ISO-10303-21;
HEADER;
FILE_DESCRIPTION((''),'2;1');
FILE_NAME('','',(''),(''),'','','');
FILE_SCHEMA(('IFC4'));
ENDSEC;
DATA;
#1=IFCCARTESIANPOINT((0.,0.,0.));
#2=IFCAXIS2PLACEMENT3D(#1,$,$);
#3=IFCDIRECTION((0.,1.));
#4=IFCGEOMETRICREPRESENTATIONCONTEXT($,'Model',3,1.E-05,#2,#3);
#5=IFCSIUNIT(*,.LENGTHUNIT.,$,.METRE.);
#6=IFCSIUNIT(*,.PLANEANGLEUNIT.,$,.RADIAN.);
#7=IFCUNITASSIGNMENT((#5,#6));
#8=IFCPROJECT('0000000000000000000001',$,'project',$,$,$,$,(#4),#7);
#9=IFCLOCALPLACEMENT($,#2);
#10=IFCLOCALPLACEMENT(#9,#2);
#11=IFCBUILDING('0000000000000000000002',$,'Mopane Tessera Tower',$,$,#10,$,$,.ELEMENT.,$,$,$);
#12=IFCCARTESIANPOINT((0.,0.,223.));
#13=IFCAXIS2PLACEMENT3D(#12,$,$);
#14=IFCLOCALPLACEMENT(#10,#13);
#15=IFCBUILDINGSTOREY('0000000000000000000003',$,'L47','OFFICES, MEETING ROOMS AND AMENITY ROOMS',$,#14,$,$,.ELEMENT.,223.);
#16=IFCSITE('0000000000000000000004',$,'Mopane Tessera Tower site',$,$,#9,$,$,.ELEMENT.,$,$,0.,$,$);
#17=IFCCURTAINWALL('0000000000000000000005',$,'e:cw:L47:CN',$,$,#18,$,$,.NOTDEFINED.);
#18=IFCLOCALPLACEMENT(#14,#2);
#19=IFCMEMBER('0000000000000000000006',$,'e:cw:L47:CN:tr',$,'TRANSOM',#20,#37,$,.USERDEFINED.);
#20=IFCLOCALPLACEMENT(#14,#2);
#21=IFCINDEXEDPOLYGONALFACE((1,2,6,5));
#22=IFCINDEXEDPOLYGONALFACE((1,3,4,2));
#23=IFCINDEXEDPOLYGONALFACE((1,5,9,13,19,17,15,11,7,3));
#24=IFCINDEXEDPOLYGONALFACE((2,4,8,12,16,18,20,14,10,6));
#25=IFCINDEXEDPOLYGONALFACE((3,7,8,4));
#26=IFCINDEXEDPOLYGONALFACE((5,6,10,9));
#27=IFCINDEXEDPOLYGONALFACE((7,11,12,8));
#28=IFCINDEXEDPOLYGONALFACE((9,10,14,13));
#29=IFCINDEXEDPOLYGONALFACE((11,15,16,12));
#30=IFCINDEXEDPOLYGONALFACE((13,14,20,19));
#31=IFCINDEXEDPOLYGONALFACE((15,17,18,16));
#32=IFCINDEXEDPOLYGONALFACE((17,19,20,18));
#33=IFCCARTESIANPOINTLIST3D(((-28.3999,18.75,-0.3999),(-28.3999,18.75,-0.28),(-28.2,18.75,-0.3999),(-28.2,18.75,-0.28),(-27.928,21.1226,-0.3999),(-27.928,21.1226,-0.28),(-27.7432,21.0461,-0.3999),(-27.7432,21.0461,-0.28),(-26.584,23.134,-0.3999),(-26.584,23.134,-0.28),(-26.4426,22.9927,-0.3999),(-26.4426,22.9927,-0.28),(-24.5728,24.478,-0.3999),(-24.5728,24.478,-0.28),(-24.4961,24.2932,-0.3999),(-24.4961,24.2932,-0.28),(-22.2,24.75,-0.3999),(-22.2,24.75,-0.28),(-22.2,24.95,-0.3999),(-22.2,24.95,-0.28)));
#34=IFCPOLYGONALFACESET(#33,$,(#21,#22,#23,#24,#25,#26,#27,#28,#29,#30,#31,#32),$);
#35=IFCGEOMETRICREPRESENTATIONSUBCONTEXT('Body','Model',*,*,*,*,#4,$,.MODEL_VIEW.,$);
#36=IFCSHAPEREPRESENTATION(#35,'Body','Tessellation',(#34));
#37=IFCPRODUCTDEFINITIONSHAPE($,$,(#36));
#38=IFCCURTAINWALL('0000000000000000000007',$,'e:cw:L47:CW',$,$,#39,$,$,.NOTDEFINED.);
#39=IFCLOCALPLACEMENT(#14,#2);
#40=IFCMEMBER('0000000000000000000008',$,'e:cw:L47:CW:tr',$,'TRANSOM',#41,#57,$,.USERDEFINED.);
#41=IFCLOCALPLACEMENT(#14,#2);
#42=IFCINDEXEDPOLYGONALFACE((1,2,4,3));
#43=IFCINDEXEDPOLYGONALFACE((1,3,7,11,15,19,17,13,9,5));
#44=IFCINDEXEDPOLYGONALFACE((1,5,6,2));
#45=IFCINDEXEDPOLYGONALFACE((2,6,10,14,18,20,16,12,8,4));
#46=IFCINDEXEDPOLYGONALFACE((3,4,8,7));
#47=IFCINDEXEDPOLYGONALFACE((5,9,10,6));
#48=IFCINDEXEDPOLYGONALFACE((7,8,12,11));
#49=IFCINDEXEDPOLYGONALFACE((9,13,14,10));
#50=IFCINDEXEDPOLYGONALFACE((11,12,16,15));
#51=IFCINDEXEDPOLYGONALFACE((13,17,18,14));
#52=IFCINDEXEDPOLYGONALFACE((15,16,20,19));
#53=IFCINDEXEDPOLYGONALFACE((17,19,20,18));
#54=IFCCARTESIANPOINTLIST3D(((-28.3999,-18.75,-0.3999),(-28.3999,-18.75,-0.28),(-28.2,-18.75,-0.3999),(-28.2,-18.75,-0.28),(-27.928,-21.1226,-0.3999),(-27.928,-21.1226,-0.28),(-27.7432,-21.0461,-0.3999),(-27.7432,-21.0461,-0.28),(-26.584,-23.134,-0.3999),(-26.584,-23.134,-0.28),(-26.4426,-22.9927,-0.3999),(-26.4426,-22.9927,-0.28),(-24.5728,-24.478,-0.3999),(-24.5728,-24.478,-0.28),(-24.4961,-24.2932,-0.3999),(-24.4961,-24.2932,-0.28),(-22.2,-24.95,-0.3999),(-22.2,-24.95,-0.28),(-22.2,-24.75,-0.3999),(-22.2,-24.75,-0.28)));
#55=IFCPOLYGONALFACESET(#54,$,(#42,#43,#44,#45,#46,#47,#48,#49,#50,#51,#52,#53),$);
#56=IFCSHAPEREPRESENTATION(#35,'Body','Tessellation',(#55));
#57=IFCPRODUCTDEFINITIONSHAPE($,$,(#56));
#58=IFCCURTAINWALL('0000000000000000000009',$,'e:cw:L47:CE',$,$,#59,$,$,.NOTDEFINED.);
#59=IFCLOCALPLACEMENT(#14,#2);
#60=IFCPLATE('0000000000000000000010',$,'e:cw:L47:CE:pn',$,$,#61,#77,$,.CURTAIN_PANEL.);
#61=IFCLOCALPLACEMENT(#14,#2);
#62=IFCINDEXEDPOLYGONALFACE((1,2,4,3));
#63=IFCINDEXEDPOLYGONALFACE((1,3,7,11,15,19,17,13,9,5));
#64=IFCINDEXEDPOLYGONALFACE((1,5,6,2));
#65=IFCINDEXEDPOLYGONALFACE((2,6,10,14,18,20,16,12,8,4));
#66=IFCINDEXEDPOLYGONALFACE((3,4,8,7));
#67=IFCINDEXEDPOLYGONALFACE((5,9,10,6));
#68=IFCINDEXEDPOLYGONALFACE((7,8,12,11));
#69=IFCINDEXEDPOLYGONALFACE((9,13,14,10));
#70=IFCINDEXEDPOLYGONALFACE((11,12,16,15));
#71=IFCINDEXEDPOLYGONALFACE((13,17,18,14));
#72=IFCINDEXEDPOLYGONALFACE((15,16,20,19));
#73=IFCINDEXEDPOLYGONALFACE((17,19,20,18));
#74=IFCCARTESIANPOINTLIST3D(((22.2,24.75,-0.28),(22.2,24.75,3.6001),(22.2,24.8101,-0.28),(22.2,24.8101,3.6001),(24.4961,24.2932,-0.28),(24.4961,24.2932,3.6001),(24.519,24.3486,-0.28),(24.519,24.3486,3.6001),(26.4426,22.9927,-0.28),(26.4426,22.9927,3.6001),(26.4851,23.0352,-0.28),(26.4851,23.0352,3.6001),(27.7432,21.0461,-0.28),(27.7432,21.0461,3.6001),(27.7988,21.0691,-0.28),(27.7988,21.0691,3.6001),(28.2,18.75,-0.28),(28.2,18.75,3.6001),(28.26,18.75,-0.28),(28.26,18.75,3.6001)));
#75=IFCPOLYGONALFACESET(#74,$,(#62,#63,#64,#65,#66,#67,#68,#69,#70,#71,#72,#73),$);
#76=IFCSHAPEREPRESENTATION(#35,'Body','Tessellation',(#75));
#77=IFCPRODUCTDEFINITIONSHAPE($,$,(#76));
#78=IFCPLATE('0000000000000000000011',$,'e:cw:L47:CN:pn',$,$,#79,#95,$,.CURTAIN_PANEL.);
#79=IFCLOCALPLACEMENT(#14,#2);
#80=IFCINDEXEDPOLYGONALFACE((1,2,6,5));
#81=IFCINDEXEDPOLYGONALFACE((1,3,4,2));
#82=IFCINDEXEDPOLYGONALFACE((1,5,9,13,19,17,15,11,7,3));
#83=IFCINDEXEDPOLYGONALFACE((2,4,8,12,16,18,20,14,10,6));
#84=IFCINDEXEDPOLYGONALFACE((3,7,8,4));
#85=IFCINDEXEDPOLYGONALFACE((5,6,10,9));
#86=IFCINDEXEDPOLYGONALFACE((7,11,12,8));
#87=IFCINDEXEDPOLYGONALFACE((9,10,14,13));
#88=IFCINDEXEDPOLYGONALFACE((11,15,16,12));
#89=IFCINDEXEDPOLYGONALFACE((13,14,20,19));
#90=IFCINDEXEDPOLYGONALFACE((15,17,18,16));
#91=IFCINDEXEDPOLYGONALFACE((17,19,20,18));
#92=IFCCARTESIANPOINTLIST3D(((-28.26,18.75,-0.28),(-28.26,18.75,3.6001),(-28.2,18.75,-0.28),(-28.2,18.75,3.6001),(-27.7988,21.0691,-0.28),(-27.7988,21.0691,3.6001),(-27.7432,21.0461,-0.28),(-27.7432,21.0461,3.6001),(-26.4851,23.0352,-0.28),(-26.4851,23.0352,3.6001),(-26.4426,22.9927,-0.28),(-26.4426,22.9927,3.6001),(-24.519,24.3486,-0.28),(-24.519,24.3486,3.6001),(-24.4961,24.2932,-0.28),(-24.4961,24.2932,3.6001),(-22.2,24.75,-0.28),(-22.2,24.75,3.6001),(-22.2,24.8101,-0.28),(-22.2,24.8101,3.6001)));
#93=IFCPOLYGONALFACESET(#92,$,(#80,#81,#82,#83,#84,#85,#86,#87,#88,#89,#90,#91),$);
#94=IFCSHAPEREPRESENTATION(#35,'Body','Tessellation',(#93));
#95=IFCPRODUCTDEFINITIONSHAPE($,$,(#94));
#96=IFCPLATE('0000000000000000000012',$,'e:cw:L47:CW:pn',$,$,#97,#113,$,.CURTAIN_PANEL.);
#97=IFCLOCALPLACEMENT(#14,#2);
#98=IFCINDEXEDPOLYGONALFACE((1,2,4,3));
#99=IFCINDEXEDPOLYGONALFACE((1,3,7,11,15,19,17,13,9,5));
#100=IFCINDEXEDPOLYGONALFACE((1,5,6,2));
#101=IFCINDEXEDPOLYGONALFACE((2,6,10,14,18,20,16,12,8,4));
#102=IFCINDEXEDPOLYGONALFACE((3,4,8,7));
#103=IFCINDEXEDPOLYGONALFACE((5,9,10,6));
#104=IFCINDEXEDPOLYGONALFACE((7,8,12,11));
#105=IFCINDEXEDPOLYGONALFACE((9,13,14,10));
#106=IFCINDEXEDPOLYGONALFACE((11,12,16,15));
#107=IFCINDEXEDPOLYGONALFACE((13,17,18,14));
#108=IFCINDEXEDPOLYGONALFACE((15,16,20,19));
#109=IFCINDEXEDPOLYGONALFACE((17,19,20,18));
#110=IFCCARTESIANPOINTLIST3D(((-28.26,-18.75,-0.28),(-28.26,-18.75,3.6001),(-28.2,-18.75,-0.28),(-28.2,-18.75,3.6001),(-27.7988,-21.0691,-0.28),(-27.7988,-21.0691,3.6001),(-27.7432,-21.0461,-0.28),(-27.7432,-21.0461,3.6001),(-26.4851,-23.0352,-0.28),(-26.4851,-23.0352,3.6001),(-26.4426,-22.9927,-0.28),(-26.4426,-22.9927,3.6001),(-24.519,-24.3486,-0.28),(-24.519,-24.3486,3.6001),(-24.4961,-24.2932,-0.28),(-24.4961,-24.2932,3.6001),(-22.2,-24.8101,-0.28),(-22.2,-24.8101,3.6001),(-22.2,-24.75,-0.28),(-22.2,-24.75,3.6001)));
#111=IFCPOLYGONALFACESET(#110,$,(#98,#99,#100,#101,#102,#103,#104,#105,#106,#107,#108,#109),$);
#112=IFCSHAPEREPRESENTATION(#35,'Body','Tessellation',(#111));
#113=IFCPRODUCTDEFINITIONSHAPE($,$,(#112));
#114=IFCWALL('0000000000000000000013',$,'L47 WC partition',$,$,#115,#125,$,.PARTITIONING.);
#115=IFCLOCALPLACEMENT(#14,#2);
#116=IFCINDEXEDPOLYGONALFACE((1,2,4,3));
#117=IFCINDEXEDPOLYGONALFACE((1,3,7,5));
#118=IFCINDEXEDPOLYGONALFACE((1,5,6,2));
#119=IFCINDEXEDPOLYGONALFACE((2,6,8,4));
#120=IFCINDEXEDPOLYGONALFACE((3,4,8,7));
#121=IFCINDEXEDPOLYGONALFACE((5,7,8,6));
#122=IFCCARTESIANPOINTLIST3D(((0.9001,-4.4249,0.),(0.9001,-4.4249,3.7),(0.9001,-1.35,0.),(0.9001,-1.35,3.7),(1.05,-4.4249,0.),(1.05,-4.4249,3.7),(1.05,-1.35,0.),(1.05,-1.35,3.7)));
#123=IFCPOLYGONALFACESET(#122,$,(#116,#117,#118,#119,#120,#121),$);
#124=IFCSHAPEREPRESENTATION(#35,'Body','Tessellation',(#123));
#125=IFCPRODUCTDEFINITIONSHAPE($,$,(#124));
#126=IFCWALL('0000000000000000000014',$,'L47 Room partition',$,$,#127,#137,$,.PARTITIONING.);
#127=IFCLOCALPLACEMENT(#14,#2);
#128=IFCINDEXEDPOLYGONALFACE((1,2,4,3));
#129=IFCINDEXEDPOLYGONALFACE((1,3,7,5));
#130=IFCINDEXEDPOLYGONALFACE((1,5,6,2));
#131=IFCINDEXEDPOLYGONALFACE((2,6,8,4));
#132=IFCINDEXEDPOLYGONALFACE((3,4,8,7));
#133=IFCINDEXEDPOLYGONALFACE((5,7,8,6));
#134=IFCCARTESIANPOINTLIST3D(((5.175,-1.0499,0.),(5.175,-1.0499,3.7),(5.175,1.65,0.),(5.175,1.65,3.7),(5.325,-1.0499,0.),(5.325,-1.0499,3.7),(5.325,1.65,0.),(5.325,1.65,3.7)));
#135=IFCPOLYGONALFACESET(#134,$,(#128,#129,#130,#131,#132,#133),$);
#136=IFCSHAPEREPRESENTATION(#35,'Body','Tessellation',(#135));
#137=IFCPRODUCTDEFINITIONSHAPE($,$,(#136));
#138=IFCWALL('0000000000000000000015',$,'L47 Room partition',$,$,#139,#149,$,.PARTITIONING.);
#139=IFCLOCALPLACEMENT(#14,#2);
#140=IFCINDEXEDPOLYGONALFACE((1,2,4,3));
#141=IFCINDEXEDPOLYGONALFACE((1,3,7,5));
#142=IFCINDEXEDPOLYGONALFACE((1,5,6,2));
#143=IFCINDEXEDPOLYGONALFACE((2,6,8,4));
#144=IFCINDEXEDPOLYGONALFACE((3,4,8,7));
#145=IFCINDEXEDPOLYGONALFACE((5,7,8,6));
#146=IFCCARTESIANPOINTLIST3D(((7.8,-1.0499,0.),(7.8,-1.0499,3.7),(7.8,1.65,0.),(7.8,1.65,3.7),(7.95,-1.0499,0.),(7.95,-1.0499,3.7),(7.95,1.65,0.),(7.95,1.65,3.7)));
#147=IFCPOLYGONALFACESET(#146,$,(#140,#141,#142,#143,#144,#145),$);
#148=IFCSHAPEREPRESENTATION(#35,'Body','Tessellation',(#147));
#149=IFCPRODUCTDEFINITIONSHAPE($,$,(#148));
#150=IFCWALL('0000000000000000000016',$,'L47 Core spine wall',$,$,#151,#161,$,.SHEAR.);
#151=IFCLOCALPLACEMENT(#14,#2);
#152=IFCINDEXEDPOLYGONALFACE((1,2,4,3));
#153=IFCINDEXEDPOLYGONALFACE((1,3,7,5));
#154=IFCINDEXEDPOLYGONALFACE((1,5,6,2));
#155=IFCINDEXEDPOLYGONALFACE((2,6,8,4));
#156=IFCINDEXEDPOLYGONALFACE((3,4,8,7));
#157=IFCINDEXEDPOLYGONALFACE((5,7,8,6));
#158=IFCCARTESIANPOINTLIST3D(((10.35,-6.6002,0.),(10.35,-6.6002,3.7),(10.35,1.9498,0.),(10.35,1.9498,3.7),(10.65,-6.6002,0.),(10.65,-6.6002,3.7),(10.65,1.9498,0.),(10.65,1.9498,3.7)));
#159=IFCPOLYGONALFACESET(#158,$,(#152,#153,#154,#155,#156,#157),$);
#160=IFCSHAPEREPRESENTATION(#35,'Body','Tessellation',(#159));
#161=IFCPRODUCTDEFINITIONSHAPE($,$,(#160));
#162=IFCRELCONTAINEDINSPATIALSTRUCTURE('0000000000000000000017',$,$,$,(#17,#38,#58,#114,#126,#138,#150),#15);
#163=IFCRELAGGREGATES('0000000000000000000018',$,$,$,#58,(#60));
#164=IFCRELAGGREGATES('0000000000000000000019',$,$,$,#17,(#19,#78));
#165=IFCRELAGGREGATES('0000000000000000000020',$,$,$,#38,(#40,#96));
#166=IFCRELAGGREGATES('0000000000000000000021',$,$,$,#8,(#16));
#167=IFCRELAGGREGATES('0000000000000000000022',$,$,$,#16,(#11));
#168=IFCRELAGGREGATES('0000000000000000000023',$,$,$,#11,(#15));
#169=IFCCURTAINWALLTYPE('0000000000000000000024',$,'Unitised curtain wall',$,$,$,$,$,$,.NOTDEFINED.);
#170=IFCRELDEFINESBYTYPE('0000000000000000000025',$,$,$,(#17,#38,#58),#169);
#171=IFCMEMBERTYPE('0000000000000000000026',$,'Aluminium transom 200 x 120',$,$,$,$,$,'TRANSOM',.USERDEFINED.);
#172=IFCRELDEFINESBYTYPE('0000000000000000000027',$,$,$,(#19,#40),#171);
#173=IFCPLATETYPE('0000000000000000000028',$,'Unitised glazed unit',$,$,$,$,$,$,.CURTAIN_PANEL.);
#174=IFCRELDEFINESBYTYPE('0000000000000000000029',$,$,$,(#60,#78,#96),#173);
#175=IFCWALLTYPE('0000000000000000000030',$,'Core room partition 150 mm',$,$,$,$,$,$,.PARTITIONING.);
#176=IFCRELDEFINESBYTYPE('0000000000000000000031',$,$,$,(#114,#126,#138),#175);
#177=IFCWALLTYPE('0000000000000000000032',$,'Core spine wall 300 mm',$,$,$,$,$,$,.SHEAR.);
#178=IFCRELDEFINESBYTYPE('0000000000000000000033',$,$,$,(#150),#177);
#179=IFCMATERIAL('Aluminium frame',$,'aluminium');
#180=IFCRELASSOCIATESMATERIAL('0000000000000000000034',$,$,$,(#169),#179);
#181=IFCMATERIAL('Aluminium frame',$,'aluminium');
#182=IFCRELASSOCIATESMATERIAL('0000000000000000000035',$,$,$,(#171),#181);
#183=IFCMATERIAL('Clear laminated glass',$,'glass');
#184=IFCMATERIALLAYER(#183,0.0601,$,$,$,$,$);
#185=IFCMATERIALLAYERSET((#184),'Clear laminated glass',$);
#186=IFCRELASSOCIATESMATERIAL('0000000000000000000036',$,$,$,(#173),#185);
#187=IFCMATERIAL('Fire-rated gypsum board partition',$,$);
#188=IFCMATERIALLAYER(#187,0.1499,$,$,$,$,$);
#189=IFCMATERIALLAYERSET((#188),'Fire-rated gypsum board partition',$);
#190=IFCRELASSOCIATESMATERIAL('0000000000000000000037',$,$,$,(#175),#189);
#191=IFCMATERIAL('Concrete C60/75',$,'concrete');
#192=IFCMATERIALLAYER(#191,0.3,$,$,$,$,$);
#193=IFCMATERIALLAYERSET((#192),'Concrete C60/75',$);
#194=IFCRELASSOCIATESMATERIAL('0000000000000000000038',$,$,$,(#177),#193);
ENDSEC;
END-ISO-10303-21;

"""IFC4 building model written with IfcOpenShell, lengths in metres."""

from ifc_helpers import new_model, si_unit, direction, frame, frame_2d, origin, origin_2d, place, context, subcontext, project, spatial, polyline, rectangle, outline, extrude, material, layer, layer_set, material_profile, profile_set, type_object, element, aggregate, save


model = new_model("IFC4")

# Units and contexts
model_context = context("Model", 3, precision=1e-05, world=origin(), true_north=direction((0.0, 1.0)))
body_context = subcontext(model_context, "Body", "Model", "MODEL_VIEW")
ifc_project = project(units=[si_unit("LENGTHUNIT", "METRE"), si_unit("PLANEANGLEUNIT", "RADIAN")], contexts=[model_context])

# Site, building, storey
site_placement = place(None, origin())
site = spatial("IfcSite", under=ifc_project, at=site_placement, Name="Mopane Tessera Tower site", CompositionType="ELEMENT", RefElevation=0.0)
building_placement = place(site_placement, origin())
building = spatial("IfcBuilding", under=site, at=building_placement, Name="Mopane Tessera Tower", CompositionType="ELEMENT")
storey_placement = place(building_placement, frame((0.0, 0.0, 223.0)))
storey = spatial("IfcBuildingStorey", under=building, at=storey_placement, Name="L47", Description="OFFICES, MEETING ROOMS AND AMENITY ROOMS", CompositionType="ELEMENT", Elevation=223.0)

# Curtain walls, members
ifc_material_1 = material(Name="Aluminium frame", Category="aluminium")
curtain_wall_type = type_object("IfcCurtainWallType", Name="Unitised curtain wall", PredefinedType="NOTDEFINED", material=ifc_material_1)
curtain_wall_1_placement = place(storey_placement, origin())
curtain_wall_1 = element("IfcCurtainWall", 1, at=curtain_wall_1_placement, inside=storey, type_object=curtain_wall_type, Name="e:cw:L47:CN", PredefinedType="NOTDEFINED")
ifc_material_2 = material(Name="Aluminium frame", Category="aluminium")
ifc_material_profile = material_profile(ifc_material_2, rectangle(XDim=0.2, YDim=0.1201, at=origin_2d()))
ifc_profile_set = profile_set([ifc_material_profile], Name="Aluminium frame")
member_type = type_object("IfcMemberType", Name="Aluminium transom 200 x 120", ElementType="TRANSOM", PredefinedType="USERDEFINED", material=ifc_profile_set)
member_1_placement = place(storey_placement, frame((0.0, 0.0, -0.3999)))
member_1 = element("IfcMember", 2, at=member_1_placement, type_object=member_type, Name="e:cw:L47:CN:tr", ObjectType="TRANSOM", PredefinedType="USERDEFINED", context=body_context, shape_type="SweptSolid", body=[
    extrude(outline(polyline([(-22.2, 24.75), (-24.4961, 24.2932), (-26.4426, 22.9927), (-27.7432, 21.0461), (-28.2, 18.75), (-28.3999, 18.75), (-27.928, 21.1226), (-26.584, 23.134), (-24.5728, 24.478), (-22.2, 24.95), (-22.2, 24.75)])), origin(), (0.0, 0.0, 1.0), 0.1199),
])
curtain_wall_2_placement = place(storey_placement, origin())
curtain_wall_2 = element("IfcCurtainWall", 3, at=curtain_wall_2_placement, inside=storey, type_object=curtain_wall_type, Name="e:cw:L47:CW", PredefinedType="NOTDEFINED")
member_2_placement = place(storey_placement, frame((0.0, 0.0, -0.3999)))
member_2 = element("IfcMember", 4, at=member_2_placement, type_object=member_type, Name="e:cw:L47:CW:tr", ObjectType="TRANSOM", PredefinedType="USERDEFINED", context=body_context, shape_type="SweptSolid", body=[
    extrude(outline(polyline([(-28.2, -18.75), (-27.7432, -21.0461), (-26.4426, -22.9927), (-24.4961, -24.2932), (-22.2, -24.75), (-22.2, -24.95), (-24.5728, -24.478), (-26.584, -23.134), (-27.928, -21.1226), (-28.3999, -18.75), (-28.2, -18.75)])), origin(), (0.0, 0.0, 1.0), 0.1199),
])

# Curtain wall, plate
curtain_wall_3_placement = place(storey_placement, origin())
curtain_wall_3 = element("IfcCurtainWall", 5, at=curtain_wall_3_placement, inside=storey, type_object=curtain_wall_type, Name="e:cw:L47:CE", PredefinedType="NOTDEFINED")
ifc_material_3 = material(Name="Clear laminated glass", Category="glass")
ifc_layer_1 = layer(ifc_material_3, 0.0601)
ifc_layer_set_1 = layer_set([ifc_layer_1], Name="Clear laminated glass")
plate_type = type_object("IfcPlateType", Name="Unitised glazed unit", PredefinedType="CURTAIN_PANEL", material=ifc_layer_set_1)
plate_1_placement = place(storey_placement, frame((0.0, 0.0, -0.28)))
plate_1 = element("IfcPlate", 6, at=plate_1_placement, type_object=plate_type, Name="e:cw:L47:CE:pn", PredefinedType="CURTAIN_PANEL", context=body_context, shape_type="SweptSolid", body=[
    extrude(outline(polyline([(28.2, 18.75), (27.7432, 21.0461), (26.4426, 22.9927), (24.4961, 24.2932), (22.2, 24.75), (22.2, 24.8101), (24.519, 24.3486), (26.4851, 23.0352), (27.7988, 21.0691), (28.26, 18.75), (28.2, 18.75)])), origin(), (0.0, 0.0, 1.0), 3.8801),
])
aggregate(curtain_wall_3, [plate_1])

# Plates
plate_2_placement = place(storey_placement, frame((0.0, 0.0, -0.28)))
plate_2 = element("IfcPlate", 7, at=plate_2_placement, type_object=plate_type, Name="e:cw:L47:CN:pn", PredefinedType="CURTAIN_PANEL", context=body_context, shape_type="SweptSolid", body=[
    extrude(outline(polyline([(-22.2, 24.75), (-24.4961, 24.2932), (-26.4426, 22.9927), (-27.7432, 21.0461), (-28.2, 18.75), (-28.26, 18.75), (-27.7988, 21.0691), (-26.4851, 23.0352), (-24.519, 24.3486), (-22.2, 24.8101), (-22.2, 24.75)])), origin(), (0.0, 0.0, 1.0), 3.8801),
])
aggregate(curtain_wall_1, [member_1, plate_2])
plate_3_placement = place(storey_placement, frame((0.0, 0.0, -0.28)))
plate_3 = element("IfcPlate", 8, at=plate_3_placement, type_object=plate_type, Name="e:cw:L47:CW:pn", PredefinedType="CURTAIN_PANEL", context=body_context, shape_type="SweptSolid", body=[
    extrude(outline(polyline([(-28.2, -18.75), (-27.7432, -21.0461), (-26.4426, -22.9927), (-24.4961, -24.2932), (-22.2, -24.75), (-22.2, -24.8101), (-24.519, -24.3486), (-26.4851, -23.0352), (-27.7988, -21.0691), (-28.26, -18.75), (-28.2, -18.75)])), origin(), (0.0, 0.0, 1.0), 3.8801),
])
aggregate(curtain_wall_2, [member_2, plate_3])

# Walls
ifc_material_4 = material(Name="Fire-rated gypsum board partition")
ifc_layer_2 = layer(ifc_material_4, 0.1499)
ifc_layer_set_2 = layer_set([ifc_layer_2], Name="Fire-rated gypsum board partition")
wall_type_1 = type_object("IfcWallType", Name="Core room partition 150 mm", PredefinedType="PARTITIONING", material=ifc_layer_set_2)
wall_1_placement = place(storey_placement, frame((0.9751, -4.425, 0.0), z_axis=(0.0, 0.0, 1.0), x_axis=(0.0, 1.0, 0.0)))
element("IfcWall", 9, at=wall_1_placement, inside=storey, type_object=wall_type_1, Name="L47 WC partition", PredefinedType="PARTITIONING", context=body_context, shape_type="SweptSolid", body=[
    extrude(rectangle(XDim=3.075, YDim=0.1499, at=frame_2d((1.5376, 0.0))), origin(), (0.0, 0.0, 1.0), 3.7),
])
for number, where, z_axis, x_axis, name in (
    (10, (5.25, -1.05, 0.0), (0.0, 0.0, 1.0), (0.0, 1.0, 0.0), "L47 Room partition"),
    (11, (7.875, -1.05, 0.0), (0.0, 0.0, 1.0), (0.0, 1.0, 0.0), "L47 Room partition"),
):
    element("IfcWall", number, at=place(storey_placement, frame(where, z_axis=z_axis, x_axis=x_axis)), inside=storey, type_object=wall_type_1, Name=name, PredefinedType="PARTITIONING", context=body_context, shape_type="SweptSolid", body=[
        extrude(rectangle(XDim=2.7, YDim=0.1499, at=frame_2d((1.3501, 0.0))), origin(), (0.0, 0.0, 1.0), 3.7),
    ])
ifc_material_5 = material(Name="Concrete C60/75", Category="concrete")
ifc_layer_3 = layer(ifc_material_5, 0.3)
ifc_layer_set_3 = layer_set([ifc_layer_3], Name="Concrete C60/75")
wall_type_2 = type_object("IfcWallType", Name="Core spine wall 300 mm", PredefinedType="SHEAR", material=ifc_layer_set_3)
wall_2_placement = place(storey_placement, frame((10.5, -6.6001, 0.0), z_axis=(0.0, 0.0, 1.0), x_axis=(0.0, 1.0, 0.0)))
element("IfcWall", 12, at=wall_2_placement, inside=storey, type_object=wall_type_2, Name="L47 Core spine wall", PredefinedType="SHEAR", context=body_context, shape_type="SweptSolid", body=[
    extrude(rectangle(XDim=8.55, YDim=0.3, at=frame_2d((4.2749, 0.0))), origin(), (0.0, 0.0, 1.0), 3.7),
])

save(model, "model.ifc")
